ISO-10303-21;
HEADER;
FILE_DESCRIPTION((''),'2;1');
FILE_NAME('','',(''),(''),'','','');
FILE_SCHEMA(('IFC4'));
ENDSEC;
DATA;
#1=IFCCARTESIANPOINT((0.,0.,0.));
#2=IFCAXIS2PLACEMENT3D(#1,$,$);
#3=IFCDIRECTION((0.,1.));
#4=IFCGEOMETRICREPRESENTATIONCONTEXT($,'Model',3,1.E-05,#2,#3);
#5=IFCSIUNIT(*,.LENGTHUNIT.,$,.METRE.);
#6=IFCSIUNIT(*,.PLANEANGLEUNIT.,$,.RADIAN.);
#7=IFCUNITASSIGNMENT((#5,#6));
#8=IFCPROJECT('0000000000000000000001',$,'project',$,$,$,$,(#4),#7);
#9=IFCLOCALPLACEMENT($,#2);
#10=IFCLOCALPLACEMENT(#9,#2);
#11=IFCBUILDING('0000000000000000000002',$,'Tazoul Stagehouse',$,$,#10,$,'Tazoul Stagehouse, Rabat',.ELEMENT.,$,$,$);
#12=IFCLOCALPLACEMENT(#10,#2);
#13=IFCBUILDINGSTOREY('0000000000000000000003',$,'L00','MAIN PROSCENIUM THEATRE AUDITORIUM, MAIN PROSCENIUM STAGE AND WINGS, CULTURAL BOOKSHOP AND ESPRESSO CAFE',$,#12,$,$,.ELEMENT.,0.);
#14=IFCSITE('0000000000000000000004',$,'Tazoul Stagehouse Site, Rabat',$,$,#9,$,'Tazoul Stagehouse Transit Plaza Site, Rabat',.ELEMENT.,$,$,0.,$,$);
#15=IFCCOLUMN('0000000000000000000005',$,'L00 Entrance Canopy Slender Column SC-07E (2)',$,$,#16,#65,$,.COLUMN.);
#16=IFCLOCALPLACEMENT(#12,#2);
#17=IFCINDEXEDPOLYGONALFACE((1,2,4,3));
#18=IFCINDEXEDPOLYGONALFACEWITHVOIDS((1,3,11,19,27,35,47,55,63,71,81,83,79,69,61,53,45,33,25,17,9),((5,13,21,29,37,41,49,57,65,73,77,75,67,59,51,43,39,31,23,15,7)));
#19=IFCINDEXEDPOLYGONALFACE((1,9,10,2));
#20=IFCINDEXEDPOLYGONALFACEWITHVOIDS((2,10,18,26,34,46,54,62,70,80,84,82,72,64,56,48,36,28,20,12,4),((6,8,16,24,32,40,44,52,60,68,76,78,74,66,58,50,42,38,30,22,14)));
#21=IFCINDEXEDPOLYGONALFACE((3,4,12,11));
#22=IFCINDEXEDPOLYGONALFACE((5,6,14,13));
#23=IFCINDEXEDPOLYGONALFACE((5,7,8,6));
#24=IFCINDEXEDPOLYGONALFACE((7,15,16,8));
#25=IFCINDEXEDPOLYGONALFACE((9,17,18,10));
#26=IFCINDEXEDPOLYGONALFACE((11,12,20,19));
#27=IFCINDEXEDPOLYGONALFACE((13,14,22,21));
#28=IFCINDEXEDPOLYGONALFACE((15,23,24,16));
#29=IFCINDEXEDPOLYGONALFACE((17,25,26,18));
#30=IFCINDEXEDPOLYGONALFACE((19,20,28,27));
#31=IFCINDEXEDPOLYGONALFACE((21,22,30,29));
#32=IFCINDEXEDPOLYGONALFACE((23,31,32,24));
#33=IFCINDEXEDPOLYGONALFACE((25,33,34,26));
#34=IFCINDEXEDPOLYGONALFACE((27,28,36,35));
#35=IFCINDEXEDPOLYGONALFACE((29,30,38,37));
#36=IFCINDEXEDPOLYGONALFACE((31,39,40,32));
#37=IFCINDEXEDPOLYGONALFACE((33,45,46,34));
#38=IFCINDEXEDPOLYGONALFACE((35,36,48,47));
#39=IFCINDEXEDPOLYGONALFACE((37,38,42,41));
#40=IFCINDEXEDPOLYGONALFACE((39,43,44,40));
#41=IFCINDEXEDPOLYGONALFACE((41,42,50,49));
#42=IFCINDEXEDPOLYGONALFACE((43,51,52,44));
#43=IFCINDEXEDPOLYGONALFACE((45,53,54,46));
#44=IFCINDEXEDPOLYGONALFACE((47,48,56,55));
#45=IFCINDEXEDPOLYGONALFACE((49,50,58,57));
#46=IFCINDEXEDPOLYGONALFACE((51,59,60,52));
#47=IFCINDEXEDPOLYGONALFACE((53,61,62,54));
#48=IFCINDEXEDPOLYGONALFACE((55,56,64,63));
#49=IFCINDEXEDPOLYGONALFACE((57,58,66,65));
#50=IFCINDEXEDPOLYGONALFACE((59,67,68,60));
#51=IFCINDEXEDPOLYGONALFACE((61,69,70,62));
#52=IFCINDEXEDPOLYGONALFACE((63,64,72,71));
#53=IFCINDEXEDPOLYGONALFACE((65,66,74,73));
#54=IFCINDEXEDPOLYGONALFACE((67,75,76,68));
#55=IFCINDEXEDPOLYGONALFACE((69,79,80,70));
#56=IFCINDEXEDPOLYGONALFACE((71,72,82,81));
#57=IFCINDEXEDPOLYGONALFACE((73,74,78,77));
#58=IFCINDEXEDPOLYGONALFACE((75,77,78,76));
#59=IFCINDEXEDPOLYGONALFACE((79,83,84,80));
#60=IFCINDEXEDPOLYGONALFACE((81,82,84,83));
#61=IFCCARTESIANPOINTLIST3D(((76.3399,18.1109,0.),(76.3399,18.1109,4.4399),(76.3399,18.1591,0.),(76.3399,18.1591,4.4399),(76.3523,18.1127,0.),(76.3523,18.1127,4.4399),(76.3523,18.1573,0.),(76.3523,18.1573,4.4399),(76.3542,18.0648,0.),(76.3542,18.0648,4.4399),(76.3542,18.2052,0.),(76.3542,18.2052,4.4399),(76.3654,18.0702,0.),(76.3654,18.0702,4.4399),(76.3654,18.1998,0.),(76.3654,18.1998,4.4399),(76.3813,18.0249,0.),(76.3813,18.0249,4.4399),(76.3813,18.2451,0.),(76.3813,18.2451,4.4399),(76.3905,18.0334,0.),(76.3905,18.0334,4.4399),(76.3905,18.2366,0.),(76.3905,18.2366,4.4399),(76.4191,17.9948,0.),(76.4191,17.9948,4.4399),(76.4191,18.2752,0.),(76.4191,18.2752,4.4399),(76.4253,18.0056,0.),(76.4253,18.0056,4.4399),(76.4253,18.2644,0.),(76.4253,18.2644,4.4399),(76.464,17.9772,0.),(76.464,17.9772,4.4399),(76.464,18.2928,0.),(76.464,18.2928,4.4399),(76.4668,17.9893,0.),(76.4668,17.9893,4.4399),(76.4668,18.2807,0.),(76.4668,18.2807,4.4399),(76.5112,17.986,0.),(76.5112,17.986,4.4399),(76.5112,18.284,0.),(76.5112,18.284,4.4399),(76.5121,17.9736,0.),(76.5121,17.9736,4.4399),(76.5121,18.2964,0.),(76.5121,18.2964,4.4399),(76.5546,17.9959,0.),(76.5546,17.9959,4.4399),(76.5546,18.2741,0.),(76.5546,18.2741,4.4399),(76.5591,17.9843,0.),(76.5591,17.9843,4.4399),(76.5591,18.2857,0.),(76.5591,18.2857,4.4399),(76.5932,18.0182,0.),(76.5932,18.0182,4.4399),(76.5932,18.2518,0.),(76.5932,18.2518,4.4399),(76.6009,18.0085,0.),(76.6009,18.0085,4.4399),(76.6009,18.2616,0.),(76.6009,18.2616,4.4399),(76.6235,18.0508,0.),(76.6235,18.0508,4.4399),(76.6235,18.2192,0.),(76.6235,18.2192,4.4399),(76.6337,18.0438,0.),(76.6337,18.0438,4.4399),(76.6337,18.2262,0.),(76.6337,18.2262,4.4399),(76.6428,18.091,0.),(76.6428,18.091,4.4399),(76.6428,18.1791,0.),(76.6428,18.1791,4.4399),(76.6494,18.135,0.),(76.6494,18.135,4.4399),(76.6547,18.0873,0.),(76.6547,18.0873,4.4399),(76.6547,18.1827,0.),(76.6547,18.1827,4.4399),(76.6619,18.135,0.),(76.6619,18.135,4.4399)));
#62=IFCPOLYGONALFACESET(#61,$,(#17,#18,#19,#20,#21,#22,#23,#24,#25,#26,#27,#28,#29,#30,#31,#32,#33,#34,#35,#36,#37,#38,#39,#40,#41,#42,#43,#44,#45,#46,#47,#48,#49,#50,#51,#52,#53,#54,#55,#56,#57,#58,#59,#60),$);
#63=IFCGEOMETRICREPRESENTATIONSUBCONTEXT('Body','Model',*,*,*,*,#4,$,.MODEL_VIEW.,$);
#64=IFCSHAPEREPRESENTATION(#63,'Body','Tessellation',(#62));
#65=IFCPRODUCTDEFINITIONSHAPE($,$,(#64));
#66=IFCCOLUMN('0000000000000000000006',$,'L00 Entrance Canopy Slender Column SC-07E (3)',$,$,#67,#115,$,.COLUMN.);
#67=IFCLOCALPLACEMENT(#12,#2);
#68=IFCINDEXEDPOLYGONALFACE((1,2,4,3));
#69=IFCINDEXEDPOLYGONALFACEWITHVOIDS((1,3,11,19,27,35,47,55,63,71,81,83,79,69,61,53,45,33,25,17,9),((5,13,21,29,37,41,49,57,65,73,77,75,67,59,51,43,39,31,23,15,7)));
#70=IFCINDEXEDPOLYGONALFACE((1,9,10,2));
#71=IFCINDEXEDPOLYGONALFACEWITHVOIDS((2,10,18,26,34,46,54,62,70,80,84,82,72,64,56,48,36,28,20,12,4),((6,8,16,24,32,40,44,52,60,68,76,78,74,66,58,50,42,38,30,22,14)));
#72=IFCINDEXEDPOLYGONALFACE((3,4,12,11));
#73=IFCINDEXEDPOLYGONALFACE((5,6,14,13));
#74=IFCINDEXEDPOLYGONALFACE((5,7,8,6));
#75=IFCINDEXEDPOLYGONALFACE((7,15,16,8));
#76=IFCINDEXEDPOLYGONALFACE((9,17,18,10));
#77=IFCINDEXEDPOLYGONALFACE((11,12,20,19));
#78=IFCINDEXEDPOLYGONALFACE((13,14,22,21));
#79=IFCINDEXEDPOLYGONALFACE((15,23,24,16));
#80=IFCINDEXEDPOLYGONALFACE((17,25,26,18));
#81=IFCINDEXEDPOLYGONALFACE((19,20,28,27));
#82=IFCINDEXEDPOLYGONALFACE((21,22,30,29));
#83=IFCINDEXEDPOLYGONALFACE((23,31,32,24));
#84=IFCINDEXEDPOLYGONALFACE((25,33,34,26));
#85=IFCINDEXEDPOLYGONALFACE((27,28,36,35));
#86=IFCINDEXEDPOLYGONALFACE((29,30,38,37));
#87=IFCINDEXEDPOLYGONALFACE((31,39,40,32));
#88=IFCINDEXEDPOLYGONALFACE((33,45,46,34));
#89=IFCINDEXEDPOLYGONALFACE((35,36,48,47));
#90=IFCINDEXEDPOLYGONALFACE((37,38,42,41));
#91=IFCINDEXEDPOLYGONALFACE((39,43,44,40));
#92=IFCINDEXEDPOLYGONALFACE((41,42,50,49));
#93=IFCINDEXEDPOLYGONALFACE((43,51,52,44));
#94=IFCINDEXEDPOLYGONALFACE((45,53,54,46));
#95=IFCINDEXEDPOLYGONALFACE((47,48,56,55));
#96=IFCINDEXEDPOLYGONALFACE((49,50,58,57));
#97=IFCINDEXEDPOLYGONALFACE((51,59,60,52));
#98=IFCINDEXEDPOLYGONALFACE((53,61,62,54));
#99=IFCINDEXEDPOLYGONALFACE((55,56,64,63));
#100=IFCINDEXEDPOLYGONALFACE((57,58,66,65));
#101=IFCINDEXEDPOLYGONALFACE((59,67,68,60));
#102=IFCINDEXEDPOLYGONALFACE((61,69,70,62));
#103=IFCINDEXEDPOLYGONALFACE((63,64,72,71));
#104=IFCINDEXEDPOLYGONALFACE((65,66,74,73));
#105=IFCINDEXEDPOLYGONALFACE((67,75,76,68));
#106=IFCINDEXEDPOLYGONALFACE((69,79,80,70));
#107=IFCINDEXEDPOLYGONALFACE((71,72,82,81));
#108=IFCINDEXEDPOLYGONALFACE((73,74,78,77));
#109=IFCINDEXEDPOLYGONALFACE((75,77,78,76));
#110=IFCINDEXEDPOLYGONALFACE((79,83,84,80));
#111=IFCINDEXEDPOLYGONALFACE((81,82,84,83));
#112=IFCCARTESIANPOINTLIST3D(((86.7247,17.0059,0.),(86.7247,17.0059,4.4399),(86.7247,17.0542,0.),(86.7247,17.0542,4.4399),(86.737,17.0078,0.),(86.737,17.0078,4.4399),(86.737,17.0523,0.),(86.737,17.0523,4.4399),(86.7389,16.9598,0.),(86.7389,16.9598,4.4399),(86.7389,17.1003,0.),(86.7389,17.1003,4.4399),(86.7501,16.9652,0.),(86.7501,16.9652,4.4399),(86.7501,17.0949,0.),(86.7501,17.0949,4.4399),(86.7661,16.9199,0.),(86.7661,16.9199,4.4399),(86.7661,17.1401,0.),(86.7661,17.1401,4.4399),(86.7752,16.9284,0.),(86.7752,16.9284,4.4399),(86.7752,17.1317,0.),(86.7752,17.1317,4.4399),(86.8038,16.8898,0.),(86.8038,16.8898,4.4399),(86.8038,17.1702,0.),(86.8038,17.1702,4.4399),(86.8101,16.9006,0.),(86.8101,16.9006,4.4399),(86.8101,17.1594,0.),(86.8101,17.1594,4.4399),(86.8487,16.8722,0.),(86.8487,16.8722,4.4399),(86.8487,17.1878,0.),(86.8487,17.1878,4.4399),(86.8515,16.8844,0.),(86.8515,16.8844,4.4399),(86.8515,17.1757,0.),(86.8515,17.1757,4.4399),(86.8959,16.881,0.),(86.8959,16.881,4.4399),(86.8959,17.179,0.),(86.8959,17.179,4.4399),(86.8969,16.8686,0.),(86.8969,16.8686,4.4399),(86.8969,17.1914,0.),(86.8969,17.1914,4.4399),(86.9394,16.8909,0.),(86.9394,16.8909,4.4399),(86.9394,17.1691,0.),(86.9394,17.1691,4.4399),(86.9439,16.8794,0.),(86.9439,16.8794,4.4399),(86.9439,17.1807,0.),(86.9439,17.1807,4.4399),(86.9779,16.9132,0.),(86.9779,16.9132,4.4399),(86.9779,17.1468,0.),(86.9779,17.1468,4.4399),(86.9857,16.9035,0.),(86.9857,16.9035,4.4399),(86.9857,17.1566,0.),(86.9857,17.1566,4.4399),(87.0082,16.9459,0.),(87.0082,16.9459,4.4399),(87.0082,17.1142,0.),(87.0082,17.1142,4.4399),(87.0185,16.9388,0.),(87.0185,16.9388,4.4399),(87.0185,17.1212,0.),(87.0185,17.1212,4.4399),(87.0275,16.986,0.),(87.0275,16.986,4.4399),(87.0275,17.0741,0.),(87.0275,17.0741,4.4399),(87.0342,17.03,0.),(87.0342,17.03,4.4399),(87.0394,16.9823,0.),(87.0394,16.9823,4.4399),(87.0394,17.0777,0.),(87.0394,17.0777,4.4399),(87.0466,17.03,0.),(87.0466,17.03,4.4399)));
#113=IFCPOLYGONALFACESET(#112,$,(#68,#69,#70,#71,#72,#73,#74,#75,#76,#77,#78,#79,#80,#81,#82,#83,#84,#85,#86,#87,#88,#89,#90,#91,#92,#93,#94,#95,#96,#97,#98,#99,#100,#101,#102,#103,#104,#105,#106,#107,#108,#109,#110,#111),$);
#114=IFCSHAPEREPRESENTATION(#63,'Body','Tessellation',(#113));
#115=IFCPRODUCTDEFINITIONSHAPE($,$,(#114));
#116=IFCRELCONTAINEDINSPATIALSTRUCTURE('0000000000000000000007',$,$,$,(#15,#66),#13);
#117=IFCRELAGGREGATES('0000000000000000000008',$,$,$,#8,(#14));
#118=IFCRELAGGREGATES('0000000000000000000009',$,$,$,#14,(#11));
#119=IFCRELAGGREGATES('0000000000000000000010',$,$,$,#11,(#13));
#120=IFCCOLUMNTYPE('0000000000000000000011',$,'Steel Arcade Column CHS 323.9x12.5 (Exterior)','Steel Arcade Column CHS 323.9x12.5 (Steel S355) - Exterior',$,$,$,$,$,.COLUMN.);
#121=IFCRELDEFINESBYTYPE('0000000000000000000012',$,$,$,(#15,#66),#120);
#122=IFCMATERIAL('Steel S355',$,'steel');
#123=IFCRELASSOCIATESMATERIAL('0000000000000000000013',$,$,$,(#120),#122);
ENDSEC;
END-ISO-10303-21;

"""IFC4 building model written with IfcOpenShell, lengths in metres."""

from ifc_helpers import new_model, si_unit, direction, frame, origin, origin_2d, place, context, subcontext, project, spatial, hollow_circle, extrude, material, material_profile, profile_set, type_object, element, save


model = new_model("IFC4")

# Units and contexts
model_context = context("Model", 3, precision=1e-05, world=origin(), true_north=direction((0.0, 1.0)))
body_context = subcontext(model_context, "Body", "Model", "MODEL_VIEW")
ifc_project = project(units=[si_unit("LENGTHUNIT", "METRE"), si_unit("PLANEANGLEUNIT", "RADIAN")], contexts=[model_context])

# Site, building, storey
site_placement = place(None, origin())
site = spatial("IfcSite", under=ifc_project, at=site_placement, Name="Tazoul Stagehouse Site, Rabat", LongName="Tazoul Stagehouse Transit Plaza Site, Rabat", CompositionType="ELEMENT", RefElevation=0.0)
building_placement = place(site_placement, origin())
building = spatial("IfcBuilding", under=site, at=building_placement, Name="Tazoul Stagehouse", LongName="Tazoul Stagehouse, Rabat", CompositionType="ELEMENT")
storey_placement = place(building_placement, origin())
storey = spatial("IfcBuildingStorey", under=building, at=storey_placement, Name="L00", Description="MAIN PROSCENIUM THEATRE AUDITORIUM, MAIN PROSCENIUM STAGE AND WINGS, CULTURAL BOOKSHOP AND ESPRESSO CAFE", CompositionType="ELEMENT", Elevation=0.0)

# Columns
ifc_material_1 = material(Name="Steel S355", Category="steel")
ifc_material_profile_1 = material_profile(ifc_material_1, hollow_circle(Radius=0.1619, WallThickness=0.0125, at=origin_2d()), Name="CHS 323.9x12.5")
ifc_profile_set_1 = profile_set([ifc_material_profile_1], Name="Steel S355")
column_type = type_object("IfcColumnType", Name="Steel Arcade Column CHS 323.9x12.5 (Exterior)", Description="Steel Arcade Column CHS 323.9x12.5 (Steel S355) - Exterior", PredefinedType="COLUMN", material=ifc_profile_set_1)
for number, where, z_axis, x_axis, name in (
    (1, (76.5, 18.135, 0.0), (0.0, 0.0, 1.0), (1.0, 0.0, 0.0), "L00 Entrance Canopy Slender Column SC-07E (2)"),
    (2, (86.8848, 17.03, 0.0), (0.0, 0.0, 1.0), (1.0, 0.0, 0.0), "L00 Entrance Canopy Slender Column SC-07E (3)"),
):
    element("IfcColumn", number, at=place(storey_placement, frame(where, z_axis=z_axis, x_axis=x_axis)), inside=storey, type_object=column_type, Name=name, PredefinedType="COLUMN", context=body_context, shape_type="SweptSolid", body=[
        extrude(hollow_circle(Radius=0.1619, WallThickness=0.0125, at=origin_2d()), origin(), (0.0, 0.0, 1.0), 4.4399),
    ])

save(model, "model.ifc")
